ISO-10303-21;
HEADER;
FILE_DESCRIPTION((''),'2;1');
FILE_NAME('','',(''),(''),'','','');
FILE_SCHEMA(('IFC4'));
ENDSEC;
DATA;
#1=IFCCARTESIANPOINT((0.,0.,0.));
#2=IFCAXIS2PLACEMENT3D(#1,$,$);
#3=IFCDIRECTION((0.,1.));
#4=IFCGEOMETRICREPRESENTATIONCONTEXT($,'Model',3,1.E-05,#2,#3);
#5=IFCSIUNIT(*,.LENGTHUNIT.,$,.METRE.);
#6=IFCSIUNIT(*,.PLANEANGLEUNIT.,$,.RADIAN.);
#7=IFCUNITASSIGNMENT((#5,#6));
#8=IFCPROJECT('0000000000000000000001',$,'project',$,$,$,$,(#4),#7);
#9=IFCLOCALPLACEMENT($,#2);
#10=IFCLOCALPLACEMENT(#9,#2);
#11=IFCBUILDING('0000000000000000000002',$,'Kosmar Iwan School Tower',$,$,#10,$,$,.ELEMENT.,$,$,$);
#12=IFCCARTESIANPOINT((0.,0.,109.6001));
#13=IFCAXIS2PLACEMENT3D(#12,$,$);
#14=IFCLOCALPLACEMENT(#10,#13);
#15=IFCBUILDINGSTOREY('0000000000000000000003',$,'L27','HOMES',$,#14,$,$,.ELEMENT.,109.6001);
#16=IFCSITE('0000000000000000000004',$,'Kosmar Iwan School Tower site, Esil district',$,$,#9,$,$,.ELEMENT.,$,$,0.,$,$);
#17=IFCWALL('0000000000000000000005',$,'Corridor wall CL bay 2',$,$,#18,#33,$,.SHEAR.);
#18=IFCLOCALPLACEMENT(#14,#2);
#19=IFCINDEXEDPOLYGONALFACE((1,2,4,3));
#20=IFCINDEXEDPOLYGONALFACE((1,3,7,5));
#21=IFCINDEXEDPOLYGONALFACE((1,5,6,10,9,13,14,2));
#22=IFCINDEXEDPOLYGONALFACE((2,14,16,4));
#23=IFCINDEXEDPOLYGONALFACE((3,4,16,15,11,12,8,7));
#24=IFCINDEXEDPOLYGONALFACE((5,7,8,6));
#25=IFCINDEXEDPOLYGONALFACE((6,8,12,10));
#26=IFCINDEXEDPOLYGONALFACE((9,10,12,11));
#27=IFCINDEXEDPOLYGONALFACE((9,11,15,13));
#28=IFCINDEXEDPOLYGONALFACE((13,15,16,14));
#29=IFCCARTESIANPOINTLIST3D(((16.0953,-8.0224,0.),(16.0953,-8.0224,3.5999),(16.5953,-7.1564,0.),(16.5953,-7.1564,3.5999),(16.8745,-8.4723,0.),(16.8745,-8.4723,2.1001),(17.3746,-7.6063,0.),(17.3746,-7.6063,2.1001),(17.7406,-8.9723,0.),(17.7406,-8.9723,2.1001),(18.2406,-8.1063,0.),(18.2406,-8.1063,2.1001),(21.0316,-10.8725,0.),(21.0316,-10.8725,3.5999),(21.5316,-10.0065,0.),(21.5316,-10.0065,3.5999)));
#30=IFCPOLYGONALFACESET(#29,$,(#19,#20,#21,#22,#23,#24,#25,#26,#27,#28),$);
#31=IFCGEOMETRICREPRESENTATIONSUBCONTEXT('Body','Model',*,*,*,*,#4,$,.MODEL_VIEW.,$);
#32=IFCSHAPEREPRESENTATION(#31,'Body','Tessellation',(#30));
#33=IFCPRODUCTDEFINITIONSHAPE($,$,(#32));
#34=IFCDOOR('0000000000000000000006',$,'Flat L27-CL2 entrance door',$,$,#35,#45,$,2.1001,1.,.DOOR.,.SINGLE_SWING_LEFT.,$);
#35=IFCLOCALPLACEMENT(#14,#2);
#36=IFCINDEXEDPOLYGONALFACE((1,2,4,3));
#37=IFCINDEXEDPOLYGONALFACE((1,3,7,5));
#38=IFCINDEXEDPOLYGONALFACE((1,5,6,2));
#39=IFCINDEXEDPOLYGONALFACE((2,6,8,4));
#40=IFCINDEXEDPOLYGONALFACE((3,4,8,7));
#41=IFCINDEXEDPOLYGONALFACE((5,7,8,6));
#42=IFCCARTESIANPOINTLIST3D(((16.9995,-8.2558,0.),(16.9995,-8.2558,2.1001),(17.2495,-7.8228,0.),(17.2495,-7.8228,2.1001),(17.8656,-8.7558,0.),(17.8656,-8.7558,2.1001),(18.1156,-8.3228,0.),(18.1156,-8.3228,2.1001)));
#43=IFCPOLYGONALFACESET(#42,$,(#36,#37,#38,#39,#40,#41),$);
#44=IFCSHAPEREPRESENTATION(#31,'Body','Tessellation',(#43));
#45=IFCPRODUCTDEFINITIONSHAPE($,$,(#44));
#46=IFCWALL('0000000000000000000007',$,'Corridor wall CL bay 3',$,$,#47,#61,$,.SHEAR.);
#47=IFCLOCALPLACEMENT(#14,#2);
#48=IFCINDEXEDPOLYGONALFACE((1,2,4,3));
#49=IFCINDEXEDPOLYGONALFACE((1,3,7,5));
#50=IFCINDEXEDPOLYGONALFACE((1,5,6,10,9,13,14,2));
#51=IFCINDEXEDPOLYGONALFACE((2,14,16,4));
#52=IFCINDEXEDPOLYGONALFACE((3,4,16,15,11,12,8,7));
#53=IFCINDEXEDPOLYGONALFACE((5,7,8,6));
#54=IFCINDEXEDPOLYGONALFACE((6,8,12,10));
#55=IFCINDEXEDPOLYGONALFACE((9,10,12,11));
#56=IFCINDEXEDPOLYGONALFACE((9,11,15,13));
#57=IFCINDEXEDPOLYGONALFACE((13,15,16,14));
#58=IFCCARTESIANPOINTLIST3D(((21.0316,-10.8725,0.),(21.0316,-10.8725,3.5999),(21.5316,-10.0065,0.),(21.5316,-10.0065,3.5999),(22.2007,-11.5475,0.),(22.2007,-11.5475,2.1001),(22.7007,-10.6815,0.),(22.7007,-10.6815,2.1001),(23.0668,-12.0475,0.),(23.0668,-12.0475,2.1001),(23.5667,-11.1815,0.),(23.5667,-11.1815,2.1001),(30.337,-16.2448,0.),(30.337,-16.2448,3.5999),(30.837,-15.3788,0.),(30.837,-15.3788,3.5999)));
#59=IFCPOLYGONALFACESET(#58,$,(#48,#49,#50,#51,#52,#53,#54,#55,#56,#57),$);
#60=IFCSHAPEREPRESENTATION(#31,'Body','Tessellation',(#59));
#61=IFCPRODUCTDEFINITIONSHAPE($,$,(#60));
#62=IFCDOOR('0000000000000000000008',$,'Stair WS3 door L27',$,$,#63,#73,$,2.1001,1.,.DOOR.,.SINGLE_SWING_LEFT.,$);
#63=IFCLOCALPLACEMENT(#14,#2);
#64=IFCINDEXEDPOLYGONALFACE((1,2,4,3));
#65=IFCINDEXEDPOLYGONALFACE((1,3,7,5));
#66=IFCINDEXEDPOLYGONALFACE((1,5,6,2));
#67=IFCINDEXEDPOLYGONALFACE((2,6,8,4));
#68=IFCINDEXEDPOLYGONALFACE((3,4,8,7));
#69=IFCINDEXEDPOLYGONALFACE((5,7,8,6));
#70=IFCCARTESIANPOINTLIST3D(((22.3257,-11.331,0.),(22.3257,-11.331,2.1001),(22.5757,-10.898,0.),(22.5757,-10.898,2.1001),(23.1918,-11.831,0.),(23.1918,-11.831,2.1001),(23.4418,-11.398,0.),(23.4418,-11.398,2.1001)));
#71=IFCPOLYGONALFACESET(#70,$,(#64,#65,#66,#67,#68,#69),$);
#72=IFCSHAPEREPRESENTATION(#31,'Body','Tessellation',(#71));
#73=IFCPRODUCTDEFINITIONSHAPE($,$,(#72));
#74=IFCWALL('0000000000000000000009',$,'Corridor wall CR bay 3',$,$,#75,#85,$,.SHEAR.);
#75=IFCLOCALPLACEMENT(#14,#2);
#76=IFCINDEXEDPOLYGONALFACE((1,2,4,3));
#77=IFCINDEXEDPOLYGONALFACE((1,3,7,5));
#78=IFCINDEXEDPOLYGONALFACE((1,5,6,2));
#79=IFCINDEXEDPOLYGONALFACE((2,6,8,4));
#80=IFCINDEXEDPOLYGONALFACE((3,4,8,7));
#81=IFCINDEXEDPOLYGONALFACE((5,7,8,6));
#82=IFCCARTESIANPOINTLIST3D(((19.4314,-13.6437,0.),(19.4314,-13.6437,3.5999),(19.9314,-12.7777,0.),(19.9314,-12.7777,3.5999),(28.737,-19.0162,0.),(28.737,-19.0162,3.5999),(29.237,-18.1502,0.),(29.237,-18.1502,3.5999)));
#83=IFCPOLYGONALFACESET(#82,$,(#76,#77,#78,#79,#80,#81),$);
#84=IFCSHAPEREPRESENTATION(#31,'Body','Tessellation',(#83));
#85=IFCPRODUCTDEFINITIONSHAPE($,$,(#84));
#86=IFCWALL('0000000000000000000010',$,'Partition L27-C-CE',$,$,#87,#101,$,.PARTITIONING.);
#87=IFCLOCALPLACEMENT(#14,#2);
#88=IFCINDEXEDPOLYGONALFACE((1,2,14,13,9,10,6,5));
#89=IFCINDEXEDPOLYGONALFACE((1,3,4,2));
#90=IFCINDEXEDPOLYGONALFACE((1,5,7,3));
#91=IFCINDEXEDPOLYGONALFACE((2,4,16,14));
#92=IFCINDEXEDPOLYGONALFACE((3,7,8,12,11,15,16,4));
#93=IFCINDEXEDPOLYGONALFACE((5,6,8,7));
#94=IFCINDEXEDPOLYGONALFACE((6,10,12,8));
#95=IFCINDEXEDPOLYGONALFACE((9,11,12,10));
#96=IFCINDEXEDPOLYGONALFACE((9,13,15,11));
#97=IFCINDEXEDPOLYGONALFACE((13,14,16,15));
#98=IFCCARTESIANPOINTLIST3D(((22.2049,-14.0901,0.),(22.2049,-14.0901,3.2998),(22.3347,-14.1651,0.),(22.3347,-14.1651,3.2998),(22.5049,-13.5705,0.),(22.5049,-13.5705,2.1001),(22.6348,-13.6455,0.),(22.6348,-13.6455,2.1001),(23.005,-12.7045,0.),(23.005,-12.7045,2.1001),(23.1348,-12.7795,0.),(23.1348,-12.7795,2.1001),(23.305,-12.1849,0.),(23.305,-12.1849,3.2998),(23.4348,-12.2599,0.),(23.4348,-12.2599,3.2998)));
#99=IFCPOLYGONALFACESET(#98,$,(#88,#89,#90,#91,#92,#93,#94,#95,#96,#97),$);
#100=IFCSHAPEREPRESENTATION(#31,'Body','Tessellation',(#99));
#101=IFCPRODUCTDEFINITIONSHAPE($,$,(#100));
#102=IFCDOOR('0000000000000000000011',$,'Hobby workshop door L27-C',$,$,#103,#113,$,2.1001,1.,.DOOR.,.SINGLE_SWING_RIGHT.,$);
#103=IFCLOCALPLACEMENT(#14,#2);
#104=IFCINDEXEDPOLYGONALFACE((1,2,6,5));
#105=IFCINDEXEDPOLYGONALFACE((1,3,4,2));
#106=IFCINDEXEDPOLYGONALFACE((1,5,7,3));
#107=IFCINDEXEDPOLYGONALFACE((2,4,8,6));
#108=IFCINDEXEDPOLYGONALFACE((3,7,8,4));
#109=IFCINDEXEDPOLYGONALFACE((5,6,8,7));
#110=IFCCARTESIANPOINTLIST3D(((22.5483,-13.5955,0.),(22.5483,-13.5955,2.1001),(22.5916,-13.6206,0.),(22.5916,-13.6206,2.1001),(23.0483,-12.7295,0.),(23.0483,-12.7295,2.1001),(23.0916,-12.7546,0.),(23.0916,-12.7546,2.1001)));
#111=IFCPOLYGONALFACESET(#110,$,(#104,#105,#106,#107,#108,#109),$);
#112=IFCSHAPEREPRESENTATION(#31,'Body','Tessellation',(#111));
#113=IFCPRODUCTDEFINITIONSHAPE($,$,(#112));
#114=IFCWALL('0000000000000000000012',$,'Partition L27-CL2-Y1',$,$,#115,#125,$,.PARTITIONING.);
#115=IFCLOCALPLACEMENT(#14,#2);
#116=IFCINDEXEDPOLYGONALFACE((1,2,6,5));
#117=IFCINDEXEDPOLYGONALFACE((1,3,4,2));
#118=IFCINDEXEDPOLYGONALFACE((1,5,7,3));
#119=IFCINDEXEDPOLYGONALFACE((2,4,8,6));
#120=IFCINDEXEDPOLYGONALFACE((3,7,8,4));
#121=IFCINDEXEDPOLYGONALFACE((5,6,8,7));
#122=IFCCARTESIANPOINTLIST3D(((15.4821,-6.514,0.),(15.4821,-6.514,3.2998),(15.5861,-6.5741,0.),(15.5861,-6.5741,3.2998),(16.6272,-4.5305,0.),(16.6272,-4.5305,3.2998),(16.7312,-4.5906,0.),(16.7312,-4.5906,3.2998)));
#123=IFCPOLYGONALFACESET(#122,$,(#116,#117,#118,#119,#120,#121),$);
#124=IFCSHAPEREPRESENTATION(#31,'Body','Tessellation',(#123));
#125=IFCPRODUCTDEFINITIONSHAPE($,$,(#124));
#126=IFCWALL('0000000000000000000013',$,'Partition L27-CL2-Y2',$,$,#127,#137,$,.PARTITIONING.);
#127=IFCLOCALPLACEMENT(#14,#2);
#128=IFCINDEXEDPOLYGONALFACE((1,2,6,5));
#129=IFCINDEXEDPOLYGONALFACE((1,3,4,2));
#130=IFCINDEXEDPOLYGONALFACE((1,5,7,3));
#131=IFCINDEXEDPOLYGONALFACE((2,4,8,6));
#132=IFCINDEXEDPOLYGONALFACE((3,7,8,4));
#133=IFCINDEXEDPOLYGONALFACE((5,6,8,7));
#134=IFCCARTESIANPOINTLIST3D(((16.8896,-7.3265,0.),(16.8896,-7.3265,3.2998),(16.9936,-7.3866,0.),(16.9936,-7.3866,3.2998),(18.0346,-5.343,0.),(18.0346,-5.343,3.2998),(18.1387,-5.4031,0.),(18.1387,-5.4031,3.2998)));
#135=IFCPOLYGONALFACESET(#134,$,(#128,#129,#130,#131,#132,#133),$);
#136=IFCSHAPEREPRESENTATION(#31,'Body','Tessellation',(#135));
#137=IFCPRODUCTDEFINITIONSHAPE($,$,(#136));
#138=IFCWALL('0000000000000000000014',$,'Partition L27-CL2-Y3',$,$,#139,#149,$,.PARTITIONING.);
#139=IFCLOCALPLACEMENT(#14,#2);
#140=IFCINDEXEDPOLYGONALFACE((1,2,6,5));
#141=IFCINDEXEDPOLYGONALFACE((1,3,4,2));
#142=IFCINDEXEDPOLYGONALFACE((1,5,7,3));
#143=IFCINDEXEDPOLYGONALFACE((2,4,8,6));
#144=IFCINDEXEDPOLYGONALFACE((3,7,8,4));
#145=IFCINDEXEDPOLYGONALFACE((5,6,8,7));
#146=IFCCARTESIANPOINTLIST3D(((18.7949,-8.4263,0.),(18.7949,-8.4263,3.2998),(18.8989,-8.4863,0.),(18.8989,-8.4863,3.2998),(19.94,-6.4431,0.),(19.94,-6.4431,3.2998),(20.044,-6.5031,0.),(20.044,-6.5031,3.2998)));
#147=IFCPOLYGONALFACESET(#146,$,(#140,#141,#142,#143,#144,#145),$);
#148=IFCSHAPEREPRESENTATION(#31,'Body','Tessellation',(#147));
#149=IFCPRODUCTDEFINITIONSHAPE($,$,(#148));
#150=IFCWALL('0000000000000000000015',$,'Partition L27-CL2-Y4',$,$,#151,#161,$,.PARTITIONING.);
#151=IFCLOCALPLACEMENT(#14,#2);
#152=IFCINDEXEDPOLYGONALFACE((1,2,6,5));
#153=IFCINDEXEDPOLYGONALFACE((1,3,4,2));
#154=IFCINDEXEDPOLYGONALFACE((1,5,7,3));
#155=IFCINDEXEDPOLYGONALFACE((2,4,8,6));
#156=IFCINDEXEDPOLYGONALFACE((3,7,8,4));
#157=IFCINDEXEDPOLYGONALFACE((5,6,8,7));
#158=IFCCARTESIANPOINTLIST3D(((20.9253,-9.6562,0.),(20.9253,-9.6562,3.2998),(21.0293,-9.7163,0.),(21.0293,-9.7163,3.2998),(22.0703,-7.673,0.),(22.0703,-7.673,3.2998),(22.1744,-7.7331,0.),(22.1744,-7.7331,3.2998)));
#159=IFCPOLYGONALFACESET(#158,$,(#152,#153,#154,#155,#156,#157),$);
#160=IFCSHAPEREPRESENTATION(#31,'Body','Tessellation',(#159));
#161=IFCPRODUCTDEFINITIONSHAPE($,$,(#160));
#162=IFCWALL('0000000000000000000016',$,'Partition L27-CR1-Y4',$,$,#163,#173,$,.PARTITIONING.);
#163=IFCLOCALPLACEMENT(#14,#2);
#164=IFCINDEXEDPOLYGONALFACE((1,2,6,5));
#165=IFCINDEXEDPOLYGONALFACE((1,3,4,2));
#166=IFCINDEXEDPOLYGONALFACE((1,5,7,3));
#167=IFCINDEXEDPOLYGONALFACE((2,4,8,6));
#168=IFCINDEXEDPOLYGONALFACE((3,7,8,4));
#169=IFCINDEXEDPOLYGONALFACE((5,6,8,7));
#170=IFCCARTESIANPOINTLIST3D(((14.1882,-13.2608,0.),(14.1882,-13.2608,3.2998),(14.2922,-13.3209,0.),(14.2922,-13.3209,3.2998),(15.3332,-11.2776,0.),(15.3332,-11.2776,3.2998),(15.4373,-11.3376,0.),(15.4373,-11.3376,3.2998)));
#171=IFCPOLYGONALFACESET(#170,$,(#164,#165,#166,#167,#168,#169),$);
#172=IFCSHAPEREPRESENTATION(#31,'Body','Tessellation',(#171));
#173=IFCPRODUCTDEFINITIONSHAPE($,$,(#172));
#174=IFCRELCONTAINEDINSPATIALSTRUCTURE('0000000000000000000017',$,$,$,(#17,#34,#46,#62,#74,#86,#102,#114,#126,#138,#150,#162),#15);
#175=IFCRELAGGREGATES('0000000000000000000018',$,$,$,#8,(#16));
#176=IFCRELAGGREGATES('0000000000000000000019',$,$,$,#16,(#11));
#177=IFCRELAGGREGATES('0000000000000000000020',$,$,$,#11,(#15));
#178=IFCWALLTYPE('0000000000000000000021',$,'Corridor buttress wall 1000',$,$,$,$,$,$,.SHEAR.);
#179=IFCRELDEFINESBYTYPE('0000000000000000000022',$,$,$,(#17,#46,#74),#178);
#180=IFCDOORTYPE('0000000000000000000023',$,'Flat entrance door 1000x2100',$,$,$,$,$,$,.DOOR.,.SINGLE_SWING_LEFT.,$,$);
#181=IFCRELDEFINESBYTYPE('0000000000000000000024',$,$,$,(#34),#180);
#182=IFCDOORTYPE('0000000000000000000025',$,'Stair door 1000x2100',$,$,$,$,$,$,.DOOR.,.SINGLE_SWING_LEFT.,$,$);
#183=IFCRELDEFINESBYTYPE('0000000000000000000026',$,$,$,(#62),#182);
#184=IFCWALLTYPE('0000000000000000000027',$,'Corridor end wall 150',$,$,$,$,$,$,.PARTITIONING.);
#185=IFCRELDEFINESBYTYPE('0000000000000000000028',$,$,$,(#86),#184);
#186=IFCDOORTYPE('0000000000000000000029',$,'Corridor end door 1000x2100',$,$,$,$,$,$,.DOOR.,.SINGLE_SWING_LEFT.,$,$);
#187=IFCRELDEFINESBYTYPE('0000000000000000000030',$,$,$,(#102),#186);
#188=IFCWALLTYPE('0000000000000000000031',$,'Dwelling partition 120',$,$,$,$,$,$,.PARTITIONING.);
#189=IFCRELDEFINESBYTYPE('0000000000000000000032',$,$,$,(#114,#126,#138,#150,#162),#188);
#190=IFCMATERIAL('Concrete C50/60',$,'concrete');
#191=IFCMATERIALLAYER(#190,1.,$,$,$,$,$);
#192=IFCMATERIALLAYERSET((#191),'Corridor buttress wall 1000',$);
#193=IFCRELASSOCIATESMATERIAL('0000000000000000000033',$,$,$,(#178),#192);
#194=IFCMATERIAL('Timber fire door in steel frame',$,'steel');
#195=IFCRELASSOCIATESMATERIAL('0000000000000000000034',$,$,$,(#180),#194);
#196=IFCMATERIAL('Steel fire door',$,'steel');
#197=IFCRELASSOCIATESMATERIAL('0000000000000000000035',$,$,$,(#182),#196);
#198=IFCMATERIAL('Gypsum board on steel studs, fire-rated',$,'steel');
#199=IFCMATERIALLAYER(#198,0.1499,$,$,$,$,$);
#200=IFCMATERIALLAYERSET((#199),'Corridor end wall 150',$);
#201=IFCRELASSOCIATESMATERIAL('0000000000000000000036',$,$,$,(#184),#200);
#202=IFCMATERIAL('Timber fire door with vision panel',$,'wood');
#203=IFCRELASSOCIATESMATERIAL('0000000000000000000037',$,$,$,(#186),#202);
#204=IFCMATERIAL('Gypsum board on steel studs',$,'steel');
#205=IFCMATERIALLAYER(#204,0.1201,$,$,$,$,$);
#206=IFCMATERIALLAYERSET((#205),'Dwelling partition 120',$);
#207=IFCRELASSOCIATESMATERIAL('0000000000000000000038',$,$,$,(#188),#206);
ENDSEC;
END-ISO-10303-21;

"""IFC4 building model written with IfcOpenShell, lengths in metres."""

from ifc_helpers import new_model, si_unit, direction, frame, frame_2d, origin, place, context, subcontext, project, spatial, rectangle, extrude, material, layer, layer_set, type_object, element, fill, save


model = new_model("IFC4")

# Units and contexts
model_context = context("Model", 3, precision=1e-05, world=origin(), true_north=direction((0.0, 1.0)))
body_context = subcontext(model_context, "Body", "Model", "MODEL_VIEW")
ifc_project = project(units=[si_unit("LENGTHUNIT", "METRE"), si_unit("PLANEANGLEUNIT", "RADIAN")], contexts=[model_context])

# Site, building, storey
site_placement = place(None, origin())
site = spatial("IfcSite", under=ifc_project, at=site_placement, Name="Kosmar Iwan School Tower site, Esil district", CompositionType="ELEMENT", RefElevation=0.0)
building_placement = place(site_placement, origin())
building = spatial("IfcBuilding", under=site, at=building_placement, Name="Kosmar Iwan School Tower", CompositionType="ELEMENT")
storey_placement = place(building_placement, frame((0.0, 0.0, 109.6001)))
storey = spatial("IfcBuildingStorey", under=building, at=storey_placement, Name="L27", Description="HOMES", CompositionType="ELEMENT", Elevation=109.6001)

# Walls, openings, doors
ifc_material_1 = material(Name="Concrete C50/60", Category="concrete")
ifc_layer_1 = layer(ifc_material_1, 1.0)
ifc_layer_set_1 = layer_set([ifc_layer_1], Name="Corridor buttress wall 1000")
wall_type_1 = type_object("IfcWallType", Name="Corridor buttress wall 1000", PredefinedType="SHEAR", material=ifc_layer_set_1)
wall_1_placement = place(storey_placement, frame((16.3452, -7.5894, 0.0), z_axis=(0.0, 0.0, 1.0), x_axis=(0.866015, -0.500018, 0.0)))
wall_1 = element("IfcWall", 1, at=wall_1_placement, inside=storey, type_object=wall_type_1, Name="Corridor wall CL bay 2", PredefinedType="SHEAR", context=body_context, shape_type="SweptSolid", body=[
    extrude(rectangle(XDim=5.7, YDim=1.0, at=frame_2d((2.8501, 0.0))), origin(), (0.0, 0.0, 1.0), 3.5999),
])
opening_1_placement = place(wall_1_placement, frame((0.8999, 0.0, 0.0)))
opening_1 = element("IfcOpeningElement", 2, at=opening_1_placement, cuts=wall_1, PredefinedType="OPENING", context=body_context, shape_type="SweptSolid", body=[
    extrude(rectangle(XDim=1.0, YDim=2.1001, at=frame_2d((0.5, 1.05))), frame((0.0, 0.512, 0.0), z_axis=(0.0, -1.0, 0.0), x_axis=(1.0, 0.0, 0.0)), (0.0, 0.0, 1.0), 1.0239),
])
ifc_material_2 = material(Name="Timber fire door in steel frame", Category="steel")
door_type_1 = type_object("IfcDoorType", Name="Flat entrance door 1000x2100", OperationType="SINGLE_SWING_LEFT", PredefinedType="DOOR", material=ifc_material_2)
door_1_placement = place(opening_1_placement, origin())
door_1 = element("IfcDoor", 3, at=door_1_placement, inside=storey, type_object=door_type_1, Name="Flat L27-CL2 entrance door", OperationType="SINGLE_SWING_LEFT", OverallHeight=2.1001, OverallWidth=1.0, PredefinedType="DOOR", context=body_context, shape_type="SweptSolid", body=[
    extrude(rectangle(XDim=1.0, YDim=2.1001, at=frame_2d((0.5, 1.05))), frame((0.0, 0.25, 0.0), z_axis=(0.0, -1.0, 0.0), x_axis=(1.0, 0.0, 0.0)), (0.0, 0.0, 1.0), 0.5),
])
fill(opening_1, door_1)
wall_2_placement = place(storey_placement, frame((21.2815, -10.4395, 0.0), z_axis=(0.0, 0.0, 1.0), x_axis=(0.866032, -0.499988, 0.0)))
wall_2 = element("IfcWall", 4, at=wall_2_placement, inside=storey, type_object=wall_type_1, Name="Corridor wall CL bay 3", PredefinedType="SHEAR", context=body_context, shape_type="SweptSolid", body=[
    extrude(rectangle(XDim=10.7449, YDim=1.0, at=frame_2d((5.3726, 0.0))), origin(), (0.0, 0.0, 1.0), 3.5999),
])
opening_2_placement = place(wall_2_placement, frame((1.3501, 0.0, 0.0)))
opening_2 = element("IfcOpeningElement", 5, at=opening_2_placement, cuts=wall_2, PredefinedType="OPENING", context=body_context, shape_type="SweptSolid", body=[
    extrude(rectangle(XDim=1.0, YDim=2.1001, at=frame_2d((0.5, 1.05))), frame((0.0, 0.512, 0.0), z_axis=(0.0, -1.0, 0.0), x_axis=(1.0, 0.0, 0.0)), (0.0, 0.0, 1.0), 1.0239),
])
ifc_material_3 = material(Name="Steel fire door", Category="steel")
door_type_2 = type_object("IfcDoorType", Name="Stair door 1000x2100", OperationType="SINGLE_SWING_LEFT", PredefinedType="DOOR", material=ifc_material_3)
door_2_placement = place(opening_2_placement, origin())
door_2 = element("IfcDoor", 6, at=door_2_placement, inside=storey, type_object=door_type_2, Name="Stair WS3 door L27", OperationType="SINGLE_SWING_LEFT", OverallHeight=2.1001, OverallWidth=1.0, PredefinedType="DOOR", context=body_context, shape_type="SweptSolid", body=[
    extrude(rectangle(XDim=1.0, YDim=2.1001, at=frame_2d((0.5, 1.05))), frame((0.0, 0.25, 0.0), z_axis=(0.0, -1.0, 0.0), x_axis=(1.0, 0.0, 0.0)), (0.0, 0.0, 1.0), 0.5),
])
fill(opening_2, door_2)

# Wall
wall_3_placement = place(storey_placement, frame((19.6814, -13.2107, 0.0), z_axis=(0.0, 0.0, 1.0), x_axis=(0.866028, -0.499995, 0.0)))
element("IfcWall", 7, at=wall_3_placement, inside=storey, type_object=wall_type_1, Name="Corridor wall CR bay 3", PredefinedType="SHEAR", context=body_context, shape_type="SweptSolid", body=[
    extrude(rectangle(XDim=10.7451, YDim=1.0, at=frame_2d((5.3726, 0.0))), origin(), (0.0, 0.0, 1.0), 3.5999),
])

# Wall, opening, door
ifc_material_4 = material(Name="Gypsum board on steel studs, fire-rated", Category="steel")
ifc_layer_2 = layer(ifc_material_4, 0.1499)
ifc_layer_set_2 = layer_set([ifc_layer_2], Name="Corridor end wall 150")
wall_type_2 = type_object("IfcWallType", Name="Corridor end wall 150", PredefinedType="PARTITIONING", material=ifc_layer_set_2)
wall_4_placement = place(storey_placement, frame((22.2698, -14.1277, 0.0), z_axis=(0.0, 0.0, 1.0), x_axis=(0.50003, 0.866008, 0.0)))
wall_4 = element("IfcWall", 8, at=wall_4_placement, inside=storey, type_object=wall_type_2, Name="Partition L27-C-CE", PredefinedType="PARTITIONING", context=body_context, shape_type="SweptSolid", body=[
    extrude(rectangle(XDim=2.2, YDim=0.1499, at=frame_2d((1.1001, 0.0))), origin(), (0.0, 0.0, 1.0), 3.2998),
])
opening_3_placement = place(wall_4_placement, frame((0.6001, 0.0, 0.0)))
opening_3 = element("IfcOpeningElement", 9, at=opening_3_placement, cuts=wall_4, PredefinedType="OPENING", context=body_context, shape_type="SweptSolid", body=[
    extrude(rectangle(XDim=1.0, YDim=2.1001, at=frame_2d((0.5, 1.05))), frame((0.0, 0.0869, 0.0), z_axis=(0.0, -1.0, 0.0), x_axis=(1.0, 0.0, 0.0)), (0.0, 0.0, 1.0), 0.1738),
])
ifc_material_5 = material(Name="Timber fire door with vision panel", Category="wood")
door_type_3 = type_object("IfcDoorType", Name="Corridor end door 1000x2100", OperationType="SINGLE_SWING_LEFT", PredefinedType="DOOR", material=ifc_material_5)
door_3_placement = place(opening_3_placement, origin())
door_3 = element("IfcDoor", 10, at=door_3_placement, inside=storey, type_object=door_type_3, Name="Hobby workshop door L27-C", OperationType="SINGLE_SWING_RIGHT", OverallHeight=2.1001, OverallWidth=1.0, PredefinedType="DOOR", context=body_context, shape_type="SweptSolid", body=[
    extrude(rectangle(XDim=1.0, YDim=2.1001, at=frame_2d((0.5, 1.05))), frame((0.0, 0.0249, 0.0), z_axis=(0.0, -1.0, 0.0), x_axis=(1.0, 0.0, 0.0)), (0.0, 0.0, 1.0), 0.05),
])
fill(opening_3, door_3)

# Walls
ifc_material_6 = material(Name="Gypsum board on steel studs", Category="steel")
ifc_layer_3 = layer(ifc_material_6, 0.1201)
ifc_layer_set_3 = layer_set([ifc_layer_3], Name="Dwelling partition 120")
wall_type_3 = type_object("IfcWallType", Name="Dwelling partition 120", PredefinedType="PARTITIONING", material=ifc_layer_set_3)
for number, where, z_axis, x_axis, name in (
    (11, (15.5342, -6.5439, 0.0), (0.0, 0.0, 1.0), (0.499969, 0.866044, 0.0), "Partition L27-CL2-Y1"),
    (12, (16.9417, -7.3564, 0.0), (0.0, 0.0, 1.0), (0.499969, 0.866044, 0.0), "Partition L27-CL2-Y2"),
):
    element("IfcWall", number, at=place(storey_placement, frame(where, z_axis=z_axis, x_axis=x_axis)), inside=storey, type_object=wall_type_3, Name=name, PredefinedType="PARTITIONING", context=body_context, shape_type="SweptSolid", body=[
        extrude(rectangle(XDim=2.2903, YDim=0.1201, at=frame_2d((1.145, 0.0))), origin(), (0.0, 0.0, 1.0), 3.2998),
    ])
for number, where, z_axis, x_axis, name in (
    (13, (18.8469, -8.4563, 0.0), (0.0, 0.0, 1.0), (0.500015, 0.866017, 0.0), "Partition L27-CL2-Y3"),
    (14, (20.9773, -9.6863, 0.0), (0.0, 0.0, 1.0), (0.500015, 0.866017, 0.0), "Partition L27-CL2-Y4"),
    (15, (15.3853, -11.3076, 0.0), (0.0, 0.0, 1.0), (-0.500015, -0.866017, 0.0), "Partition L27-CR1-Y4"),
):
    element("IfcWall", number, at=place(storey_placement, frame(where, z_axis=z_axis, x_axis=x_axis)), inside=storey, type_object=wall_type_3, Name=name, PredefinedType="PARTITIONING", context=body_context, shape_type="SweptSolid", body=[
        extrude(rectangle(XDim=2.29, YDim=0.1201, at=frame_2d((1.145, 0.0))), origin(), (0.0, 0.0, 1.0), 3.2998),
    ])

save(model, "model.ifc")
